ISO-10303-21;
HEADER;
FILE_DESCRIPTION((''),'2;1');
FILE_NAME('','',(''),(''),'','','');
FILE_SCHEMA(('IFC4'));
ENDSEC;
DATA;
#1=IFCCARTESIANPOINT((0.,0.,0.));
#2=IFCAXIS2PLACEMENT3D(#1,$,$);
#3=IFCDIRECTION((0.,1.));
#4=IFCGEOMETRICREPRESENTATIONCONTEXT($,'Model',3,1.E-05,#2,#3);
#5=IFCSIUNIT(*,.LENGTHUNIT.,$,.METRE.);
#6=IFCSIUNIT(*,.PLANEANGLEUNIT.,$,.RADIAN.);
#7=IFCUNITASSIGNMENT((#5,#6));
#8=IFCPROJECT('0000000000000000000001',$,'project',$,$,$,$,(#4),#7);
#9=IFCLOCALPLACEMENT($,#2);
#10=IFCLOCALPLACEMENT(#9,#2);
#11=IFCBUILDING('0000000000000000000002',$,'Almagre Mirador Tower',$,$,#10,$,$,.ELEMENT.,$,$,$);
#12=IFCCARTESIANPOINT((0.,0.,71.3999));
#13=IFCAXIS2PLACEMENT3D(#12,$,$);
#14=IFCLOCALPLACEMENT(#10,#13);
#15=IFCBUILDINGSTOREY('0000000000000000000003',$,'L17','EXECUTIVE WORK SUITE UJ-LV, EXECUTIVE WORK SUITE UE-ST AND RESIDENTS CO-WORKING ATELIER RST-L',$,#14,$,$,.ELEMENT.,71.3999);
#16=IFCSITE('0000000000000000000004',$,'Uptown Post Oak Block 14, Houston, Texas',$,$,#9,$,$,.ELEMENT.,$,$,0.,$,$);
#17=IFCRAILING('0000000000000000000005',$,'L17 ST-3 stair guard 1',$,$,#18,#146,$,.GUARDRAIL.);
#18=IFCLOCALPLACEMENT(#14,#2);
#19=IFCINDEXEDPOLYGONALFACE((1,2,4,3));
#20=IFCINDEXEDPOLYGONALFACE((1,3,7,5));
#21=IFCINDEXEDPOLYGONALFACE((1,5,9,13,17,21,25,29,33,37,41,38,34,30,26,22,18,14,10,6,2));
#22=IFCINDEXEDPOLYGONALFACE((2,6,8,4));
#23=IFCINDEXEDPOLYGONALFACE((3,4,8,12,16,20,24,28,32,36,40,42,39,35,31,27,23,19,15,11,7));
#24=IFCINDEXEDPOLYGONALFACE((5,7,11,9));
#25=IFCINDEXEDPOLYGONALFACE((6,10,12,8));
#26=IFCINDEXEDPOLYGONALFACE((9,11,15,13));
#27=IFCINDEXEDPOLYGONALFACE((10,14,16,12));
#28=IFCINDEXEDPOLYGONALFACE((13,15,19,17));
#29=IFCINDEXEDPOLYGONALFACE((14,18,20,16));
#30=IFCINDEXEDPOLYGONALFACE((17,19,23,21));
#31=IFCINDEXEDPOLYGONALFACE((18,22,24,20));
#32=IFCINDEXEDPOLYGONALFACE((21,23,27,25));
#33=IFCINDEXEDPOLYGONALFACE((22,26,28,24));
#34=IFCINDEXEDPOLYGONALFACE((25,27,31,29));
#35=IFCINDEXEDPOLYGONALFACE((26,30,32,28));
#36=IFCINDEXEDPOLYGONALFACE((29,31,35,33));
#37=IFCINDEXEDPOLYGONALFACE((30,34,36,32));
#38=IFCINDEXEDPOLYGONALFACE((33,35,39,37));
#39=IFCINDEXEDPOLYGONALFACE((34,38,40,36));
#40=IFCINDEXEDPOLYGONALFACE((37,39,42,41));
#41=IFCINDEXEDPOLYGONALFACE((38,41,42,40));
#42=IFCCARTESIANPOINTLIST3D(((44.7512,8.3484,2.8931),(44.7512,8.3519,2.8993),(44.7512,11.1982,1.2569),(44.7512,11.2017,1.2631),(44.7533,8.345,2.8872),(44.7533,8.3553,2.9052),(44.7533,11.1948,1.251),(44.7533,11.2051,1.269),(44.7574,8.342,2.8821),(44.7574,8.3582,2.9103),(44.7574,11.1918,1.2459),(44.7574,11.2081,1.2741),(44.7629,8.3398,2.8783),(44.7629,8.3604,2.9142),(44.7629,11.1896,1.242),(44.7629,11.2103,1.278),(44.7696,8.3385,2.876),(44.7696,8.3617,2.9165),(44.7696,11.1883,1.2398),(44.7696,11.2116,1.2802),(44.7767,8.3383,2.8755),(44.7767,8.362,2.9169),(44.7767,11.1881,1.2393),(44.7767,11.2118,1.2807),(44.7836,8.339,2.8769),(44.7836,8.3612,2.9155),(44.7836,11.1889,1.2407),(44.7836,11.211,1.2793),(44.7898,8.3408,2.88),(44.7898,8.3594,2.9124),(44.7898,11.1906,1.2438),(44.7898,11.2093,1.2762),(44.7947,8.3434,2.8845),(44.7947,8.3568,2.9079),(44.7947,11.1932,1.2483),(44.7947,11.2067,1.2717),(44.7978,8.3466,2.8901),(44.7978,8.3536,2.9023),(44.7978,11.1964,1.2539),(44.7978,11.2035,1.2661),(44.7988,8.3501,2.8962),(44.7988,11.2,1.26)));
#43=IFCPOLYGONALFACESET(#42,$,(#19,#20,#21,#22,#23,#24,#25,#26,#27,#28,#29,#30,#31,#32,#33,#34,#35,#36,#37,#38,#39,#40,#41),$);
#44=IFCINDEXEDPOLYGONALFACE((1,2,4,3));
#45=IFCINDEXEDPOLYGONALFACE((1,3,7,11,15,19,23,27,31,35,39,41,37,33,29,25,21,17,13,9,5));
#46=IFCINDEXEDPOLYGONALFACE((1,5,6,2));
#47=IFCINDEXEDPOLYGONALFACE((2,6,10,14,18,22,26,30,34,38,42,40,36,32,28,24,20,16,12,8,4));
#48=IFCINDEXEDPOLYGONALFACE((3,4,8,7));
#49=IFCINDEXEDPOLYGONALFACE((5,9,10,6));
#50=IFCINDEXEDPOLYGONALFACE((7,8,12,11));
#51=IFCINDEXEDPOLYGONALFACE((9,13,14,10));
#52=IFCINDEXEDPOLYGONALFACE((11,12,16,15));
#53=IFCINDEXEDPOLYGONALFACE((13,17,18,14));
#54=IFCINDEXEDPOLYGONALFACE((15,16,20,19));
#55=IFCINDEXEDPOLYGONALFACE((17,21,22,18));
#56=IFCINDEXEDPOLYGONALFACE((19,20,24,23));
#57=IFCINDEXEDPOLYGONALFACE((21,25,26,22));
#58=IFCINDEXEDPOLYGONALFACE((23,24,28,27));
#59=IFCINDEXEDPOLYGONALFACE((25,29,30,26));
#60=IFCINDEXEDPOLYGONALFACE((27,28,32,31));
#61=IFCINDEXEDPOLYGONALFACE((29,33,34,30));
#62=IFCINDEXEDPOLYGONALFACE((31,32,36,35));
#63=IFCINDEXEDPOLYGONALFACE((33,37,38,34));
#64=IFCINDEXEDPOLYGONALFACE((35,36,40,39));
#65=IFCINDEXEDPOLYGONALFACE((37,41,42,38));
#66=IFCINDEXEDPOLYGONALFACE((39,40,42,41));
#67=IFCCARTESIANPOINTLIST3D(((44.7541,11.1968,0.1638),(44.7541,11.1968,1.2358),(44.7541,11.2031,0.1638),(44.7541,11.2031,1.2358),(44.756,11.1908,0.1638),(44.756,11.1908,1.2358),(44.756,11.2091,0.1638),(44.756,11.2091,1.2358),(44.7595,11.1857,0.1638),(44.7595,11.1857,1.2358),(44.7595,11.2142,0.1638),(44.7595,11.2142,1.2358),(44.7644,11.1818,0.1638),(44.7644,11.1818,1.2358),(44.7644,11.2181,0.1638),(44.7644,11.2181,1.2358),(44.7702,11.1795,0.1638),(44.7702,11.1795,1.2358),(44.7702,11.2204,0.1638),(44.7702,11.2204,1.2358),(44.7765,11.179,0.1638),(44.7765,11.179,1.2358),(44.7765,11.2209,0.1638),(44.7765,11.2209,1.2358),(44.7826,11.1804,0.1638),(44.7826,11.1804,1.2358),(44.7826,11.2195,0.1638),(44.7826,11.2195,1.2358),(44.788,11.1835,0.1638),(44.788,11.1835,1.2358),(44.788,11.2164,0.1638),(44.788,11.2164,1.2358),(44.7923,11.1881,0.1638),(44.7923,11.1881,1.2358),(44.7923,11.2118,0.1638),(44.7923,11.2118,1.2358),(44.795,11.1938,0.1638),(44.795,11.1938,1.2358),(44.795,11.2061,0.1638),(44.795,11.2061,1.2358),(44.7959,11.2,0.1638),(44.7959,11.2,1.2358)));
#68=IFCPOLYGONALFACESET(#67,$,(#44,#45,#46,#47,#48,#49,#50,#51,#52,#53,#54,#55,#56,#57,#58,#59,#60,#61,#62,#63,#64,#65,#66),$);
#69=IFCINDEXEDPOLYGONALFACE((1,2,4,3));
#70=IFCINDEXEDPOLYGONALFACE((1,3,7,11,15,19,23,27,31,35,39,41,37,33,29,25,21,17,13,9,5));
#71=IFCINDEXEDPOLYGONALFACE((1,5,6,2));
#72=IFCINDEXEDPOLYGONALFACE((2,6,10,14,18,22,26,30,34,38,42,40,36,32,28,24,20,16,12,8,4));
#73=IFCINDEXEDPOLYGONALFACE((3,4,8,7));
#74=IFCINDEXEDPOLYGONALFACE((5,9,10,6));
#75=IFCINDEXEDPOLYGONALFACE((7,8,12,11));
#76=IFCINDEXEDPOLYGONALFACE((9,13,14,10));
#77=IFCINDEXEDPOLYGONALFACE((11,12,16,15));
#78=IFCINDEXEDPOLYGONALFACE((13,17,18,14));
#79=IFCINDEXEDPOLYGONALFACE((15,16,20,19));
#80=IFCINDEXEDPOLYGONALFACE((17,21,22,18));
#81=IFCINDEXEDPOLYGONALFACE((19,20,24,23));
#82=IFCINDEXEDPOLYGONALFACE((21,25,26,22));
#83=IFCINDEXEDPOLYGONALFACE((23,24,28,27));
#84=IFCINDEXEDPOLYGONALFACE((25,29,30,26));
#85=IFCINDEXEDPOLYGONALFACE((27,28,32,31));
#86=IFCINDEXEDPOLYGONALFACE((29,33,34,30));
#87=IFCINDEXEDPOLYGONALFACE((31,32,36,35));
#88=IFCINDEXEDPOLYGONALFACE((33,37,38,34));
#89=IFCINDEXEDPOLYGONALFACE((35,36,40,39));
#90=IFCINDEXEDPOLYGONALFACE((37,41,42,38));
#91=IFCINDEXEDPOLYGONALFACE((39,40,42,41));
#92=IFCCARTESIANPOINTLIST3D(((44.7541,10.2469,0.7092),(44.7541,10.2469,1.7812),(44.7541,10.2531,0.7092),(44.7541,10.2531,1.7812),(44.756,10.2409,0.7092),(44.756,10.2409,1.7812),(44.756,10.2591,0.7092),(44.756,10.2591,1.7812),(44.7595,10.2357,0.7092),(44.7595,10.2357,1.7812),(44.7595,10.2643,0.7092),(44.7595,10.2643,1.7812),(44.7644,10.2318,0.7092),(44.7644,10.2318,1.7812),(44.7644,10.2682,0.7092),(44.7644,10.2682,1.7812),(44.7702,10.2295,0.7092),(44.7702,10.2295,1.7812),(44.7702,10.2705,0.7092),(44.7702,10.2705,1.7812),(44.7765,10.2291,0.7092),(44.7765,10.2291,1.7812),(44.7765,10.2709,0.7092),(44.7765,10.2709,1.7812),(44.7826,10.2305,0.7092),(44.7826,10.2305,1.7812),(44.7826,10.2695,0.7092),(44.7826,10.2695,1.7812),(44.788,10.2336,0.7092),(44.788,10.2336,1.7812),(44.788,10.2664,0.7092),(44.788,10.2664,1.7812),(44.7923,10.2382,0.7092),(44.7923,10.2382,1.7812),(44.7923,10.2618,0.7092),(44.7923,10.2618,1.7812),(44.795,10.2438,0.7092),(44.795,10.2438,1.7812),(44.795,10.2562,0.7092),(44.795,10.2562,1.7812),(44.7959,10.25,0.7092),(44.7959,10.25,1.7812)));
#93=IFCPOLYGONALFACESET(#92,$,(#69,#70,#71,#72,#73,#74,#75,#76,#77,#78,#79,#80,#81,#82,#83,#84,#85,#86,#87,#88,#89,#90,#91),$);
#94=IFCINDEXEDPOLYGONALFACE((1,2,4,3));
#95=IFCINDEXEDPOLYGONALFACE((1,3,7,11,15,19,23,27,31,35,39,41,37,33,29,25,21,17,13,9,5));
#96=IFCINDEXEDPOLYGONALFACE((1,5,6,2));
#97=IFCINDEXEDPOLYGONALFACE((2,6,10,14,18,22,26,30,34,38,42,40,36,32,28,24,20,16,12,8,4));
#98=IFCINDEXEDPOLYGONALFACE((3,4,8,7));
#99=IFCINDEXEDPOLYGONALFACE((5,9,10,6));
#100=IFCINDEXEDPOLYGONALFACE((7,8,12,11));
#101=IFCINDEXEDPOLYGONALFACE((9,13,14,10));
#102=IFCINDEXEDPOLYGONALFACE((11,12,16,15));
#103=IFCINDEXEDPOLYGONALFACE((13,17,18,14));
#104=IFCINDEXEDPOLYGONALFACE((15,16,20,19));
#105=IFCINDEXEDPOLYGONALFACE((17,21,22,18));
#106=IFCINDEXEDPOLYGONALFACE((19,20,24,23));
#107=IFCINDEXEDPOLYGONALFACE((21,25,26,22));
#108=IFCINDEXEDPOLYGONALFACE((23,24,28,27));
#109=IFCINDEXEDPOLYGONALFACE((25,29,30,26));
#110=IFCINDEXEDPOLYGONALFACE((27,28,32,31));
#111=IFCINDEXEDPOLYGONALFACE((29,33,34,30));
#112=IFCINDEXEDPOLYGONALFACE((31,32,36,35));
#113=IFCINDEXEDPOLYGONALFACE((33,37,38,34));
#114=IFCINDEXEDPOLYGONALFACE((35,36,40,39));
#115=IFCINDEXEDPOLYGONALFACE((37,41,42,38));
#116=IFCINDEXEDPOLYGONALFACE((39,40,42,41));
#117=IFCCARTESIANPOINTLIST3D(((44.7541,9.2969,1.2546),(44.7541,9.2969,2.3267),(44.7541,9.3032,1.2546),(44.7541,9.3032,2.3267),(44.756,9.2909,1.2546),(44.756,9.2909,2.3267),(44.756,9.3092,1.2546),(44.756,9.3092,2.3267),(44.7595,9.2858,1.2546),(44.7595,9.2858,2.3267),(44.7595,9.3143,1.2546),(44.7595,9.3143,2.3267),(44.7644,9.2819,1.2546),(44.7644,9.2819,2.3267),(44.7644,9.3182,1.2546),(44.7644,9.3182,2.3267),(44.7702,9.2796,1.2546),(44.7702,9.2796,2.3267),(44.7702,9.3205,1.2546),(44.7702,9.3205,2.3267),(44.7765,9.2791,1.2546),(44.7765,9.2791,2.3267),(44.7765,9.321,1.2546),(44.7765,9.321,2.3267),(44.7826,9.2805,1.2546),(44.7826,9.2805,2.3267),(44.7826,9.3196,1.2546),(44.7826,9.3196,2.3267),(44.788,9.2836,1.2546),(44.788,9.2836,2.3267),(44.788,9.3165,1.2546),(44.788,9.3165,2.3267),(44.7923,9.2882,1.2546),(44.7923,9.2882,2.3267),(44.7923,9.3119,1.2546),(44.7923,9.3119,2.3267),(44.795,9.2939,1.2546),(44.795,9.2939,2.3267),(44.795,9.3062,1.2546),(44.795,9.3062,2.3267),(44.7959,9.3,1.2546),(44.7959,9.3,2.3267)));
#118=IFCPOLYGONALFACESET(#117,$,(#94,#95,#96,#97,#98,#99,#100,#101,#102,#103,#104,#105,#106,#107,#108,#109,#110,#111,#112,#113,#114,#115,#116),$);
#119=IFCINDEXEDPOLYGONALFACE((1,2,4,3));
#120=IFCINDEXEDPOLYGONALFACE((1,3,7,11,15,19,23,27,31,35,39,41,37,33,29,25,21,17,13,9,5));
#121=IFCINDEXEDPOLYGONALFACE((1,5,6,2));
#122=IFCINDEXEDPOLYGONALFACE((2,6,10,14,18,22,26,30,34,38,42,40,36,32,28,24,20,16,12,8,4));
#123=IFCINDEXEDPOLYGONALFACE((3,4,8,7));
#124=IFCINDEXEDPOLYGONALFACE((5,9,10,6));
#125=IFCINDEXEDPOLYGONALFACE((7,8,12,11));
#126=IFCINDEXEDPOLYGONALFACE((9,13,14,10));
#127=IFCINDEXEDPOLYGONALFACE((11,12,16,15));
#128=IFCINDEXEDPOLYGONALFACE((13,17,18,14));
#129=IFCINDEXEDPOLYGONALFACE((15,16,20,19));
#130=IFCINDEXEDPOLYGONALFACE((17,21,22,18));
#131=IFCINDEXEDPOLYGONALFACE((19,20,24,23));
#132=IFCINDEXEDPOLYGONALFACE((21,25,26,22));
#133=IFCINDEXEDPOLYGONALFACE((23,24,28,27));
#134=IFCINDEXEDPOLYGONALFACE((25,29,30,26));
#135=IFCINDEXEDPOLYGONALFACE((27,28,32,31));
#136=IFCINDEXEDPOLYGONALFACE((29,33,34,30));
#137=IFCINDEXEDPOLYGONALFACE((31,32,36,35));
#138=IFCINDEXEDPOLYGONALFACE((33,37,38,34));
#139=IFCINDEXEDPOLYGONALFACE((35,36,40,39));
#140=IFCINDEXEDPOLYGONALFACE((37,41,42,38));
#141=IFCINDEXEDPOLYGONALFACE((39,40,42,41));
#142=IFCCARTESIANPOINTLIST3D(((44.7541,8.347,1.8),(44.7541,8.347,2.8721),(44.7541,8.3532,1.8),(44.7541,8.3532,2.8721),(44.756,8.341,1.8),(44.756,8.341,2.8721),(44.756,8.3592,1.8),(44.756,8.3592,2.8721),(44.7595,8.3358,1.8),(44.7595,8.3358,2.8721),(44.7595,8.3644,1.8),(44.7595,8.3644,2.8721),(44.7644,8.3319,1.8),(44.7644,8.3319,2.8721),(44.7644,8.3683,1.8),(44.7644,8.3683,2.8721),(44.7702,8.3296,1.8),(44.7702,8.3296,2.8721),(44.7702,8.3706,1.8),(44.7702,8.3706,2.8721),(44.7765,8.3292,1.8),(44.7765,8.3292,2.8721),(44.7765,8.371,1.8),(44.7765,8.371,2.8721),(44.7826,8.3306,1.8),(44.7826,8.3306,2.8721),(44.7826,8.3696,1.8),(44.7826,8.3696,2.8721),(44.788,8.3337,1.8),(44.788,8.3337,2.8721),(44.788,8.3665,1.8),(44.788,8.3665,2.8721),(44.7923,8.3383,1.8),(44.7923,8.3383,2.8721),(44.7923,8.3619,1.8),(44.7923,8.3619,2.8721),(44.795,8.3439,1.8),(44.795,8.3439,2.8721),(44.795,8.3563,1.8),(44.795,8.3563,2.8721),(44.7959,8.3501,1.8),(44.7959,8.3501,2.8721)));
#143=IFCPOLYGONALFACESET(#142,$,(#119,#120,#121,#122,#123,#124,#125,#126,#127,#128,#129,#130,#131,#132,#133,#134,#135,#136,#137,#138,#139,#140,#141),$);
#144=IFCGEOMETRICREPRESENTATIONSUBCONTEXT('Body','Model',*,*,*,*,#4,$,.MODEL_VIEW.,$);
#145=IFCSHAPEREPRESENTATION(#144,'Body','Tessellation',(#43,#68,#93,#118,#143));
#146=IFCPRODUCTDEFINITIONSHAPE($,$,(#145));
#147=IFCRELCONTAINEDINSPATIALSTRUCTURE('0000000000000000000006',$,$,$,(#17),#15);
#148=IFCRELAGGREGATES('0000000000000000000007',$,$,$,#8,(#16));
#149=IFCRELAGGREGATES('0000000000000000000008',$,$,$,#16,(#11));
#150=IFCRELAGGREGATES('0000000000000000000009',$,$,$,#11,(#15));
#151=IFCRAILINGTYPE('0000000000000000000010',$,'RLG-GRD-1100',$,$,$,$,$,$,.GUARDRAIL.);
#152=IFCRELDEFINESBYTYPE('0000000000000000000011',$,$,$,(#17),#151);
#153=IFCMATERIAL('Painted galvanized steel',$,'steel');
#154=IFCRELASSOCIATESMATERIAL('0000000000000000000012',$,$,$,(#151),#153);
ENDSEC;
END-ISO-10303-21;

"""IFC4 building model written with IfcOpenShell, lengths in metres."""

from ifc_helpers import new_model, si_unit, direction, frame, origin, origin_2d, place, context, subcontext, project, spatial, circle, extrude, material, type_object, element, save


model = new_model("IFC4")

# Units and contexts
model_context = context("Model", 3, precision=1e-05, world=origin(), true_north=direction((0.0, 1.0)))
body_context = subcontext(model_context, "Body", "Model", "MODEL_VIEW")
ifc_project = project(units=[si_unit("LENGTHUNIT", "METRE"), si_unit("PLANEANGLEUNIT", "RADIAN")], contexts=[model_context])

# Site, building, storey
site_placement = place(None, origin())
site = spatial("IfcSite", under=ifc_project, at=site_placement, Name="Uptown Post Oak Block 14, Houston, Texas", CompositionType="ELEMENT", RefElevation=0.0)
building_placement = place(site_placement, origin())
building = spatial("IfcBuilding", under=site, at=building_placement, Name="Almagre Mirador Tower", CompositionType="ELEMENT")
storey_placement = place(building_placement, frame((0.0, 0.0, 71.3999)))
storey = spatial("IfcBuildingStorey", under=building, at=storey_placement, Name="L17", Description="EXECUTIVE WORK SUITE UJ-LV, EXECUTIVE WORK SUITE UE-ST AND RESIDENTS CO-WORKING ATELIER RST-L", CompositionType="ELEMENT", Elevation=71.3999)

# Railing
ifc_material_1 = material(Name="Painted galvanized steel", Category="steel")
railing_type_1 = type_object("IfcRailingType", Name="RLG-GRD-1100", PredefinedType="GUARDRAIL", material=ifc_material_1)
railing_1_placement = place(storey_placement, frame((44.7749, 11.2, 0.1638)))
element("IfcRailing", 1, at=railing_1_placement, inside=storey, type_object=railing_type_1, Name="L17 ST-3 stair guard 1", PredefinedType="GUARDRAIL", context=body_context, shape_type="SweptSolid", body=[
    extrude(circle(Radius=0.0239, at=origin_2d()), frame((0.0, 0.0, 1.0962), z_axis=(0.0, -0.867226, 0.497914), x_axis=(1.0, 0.0, 0.0)), (0.0, 0.0, 1.0), 3.2861),
    extrude(circle(Radius=0.021, at=origin_2d()), origin(), (0.0, 0.0, 1.0), 1.072),
    extrude(circle(Radius=0.021, at=origin_2d()), frame((0.0, -0.95, 0.5454)), (0.0, 0.0, 1.0), 1.072),
    extrude(circle(Radius=0.021, at=origin_2d()), frame((0.0, -1.8999, 1.0908)), (0.0, 0.0, 1.0), 1.072),
    extrude(circle(Radius=0.021, at=origin_2d()), frame((0.0, -2.8499, 1.6362)), (0.0, 0.0, 1.0), 1.072),
])

save(model, "model.ifc")
